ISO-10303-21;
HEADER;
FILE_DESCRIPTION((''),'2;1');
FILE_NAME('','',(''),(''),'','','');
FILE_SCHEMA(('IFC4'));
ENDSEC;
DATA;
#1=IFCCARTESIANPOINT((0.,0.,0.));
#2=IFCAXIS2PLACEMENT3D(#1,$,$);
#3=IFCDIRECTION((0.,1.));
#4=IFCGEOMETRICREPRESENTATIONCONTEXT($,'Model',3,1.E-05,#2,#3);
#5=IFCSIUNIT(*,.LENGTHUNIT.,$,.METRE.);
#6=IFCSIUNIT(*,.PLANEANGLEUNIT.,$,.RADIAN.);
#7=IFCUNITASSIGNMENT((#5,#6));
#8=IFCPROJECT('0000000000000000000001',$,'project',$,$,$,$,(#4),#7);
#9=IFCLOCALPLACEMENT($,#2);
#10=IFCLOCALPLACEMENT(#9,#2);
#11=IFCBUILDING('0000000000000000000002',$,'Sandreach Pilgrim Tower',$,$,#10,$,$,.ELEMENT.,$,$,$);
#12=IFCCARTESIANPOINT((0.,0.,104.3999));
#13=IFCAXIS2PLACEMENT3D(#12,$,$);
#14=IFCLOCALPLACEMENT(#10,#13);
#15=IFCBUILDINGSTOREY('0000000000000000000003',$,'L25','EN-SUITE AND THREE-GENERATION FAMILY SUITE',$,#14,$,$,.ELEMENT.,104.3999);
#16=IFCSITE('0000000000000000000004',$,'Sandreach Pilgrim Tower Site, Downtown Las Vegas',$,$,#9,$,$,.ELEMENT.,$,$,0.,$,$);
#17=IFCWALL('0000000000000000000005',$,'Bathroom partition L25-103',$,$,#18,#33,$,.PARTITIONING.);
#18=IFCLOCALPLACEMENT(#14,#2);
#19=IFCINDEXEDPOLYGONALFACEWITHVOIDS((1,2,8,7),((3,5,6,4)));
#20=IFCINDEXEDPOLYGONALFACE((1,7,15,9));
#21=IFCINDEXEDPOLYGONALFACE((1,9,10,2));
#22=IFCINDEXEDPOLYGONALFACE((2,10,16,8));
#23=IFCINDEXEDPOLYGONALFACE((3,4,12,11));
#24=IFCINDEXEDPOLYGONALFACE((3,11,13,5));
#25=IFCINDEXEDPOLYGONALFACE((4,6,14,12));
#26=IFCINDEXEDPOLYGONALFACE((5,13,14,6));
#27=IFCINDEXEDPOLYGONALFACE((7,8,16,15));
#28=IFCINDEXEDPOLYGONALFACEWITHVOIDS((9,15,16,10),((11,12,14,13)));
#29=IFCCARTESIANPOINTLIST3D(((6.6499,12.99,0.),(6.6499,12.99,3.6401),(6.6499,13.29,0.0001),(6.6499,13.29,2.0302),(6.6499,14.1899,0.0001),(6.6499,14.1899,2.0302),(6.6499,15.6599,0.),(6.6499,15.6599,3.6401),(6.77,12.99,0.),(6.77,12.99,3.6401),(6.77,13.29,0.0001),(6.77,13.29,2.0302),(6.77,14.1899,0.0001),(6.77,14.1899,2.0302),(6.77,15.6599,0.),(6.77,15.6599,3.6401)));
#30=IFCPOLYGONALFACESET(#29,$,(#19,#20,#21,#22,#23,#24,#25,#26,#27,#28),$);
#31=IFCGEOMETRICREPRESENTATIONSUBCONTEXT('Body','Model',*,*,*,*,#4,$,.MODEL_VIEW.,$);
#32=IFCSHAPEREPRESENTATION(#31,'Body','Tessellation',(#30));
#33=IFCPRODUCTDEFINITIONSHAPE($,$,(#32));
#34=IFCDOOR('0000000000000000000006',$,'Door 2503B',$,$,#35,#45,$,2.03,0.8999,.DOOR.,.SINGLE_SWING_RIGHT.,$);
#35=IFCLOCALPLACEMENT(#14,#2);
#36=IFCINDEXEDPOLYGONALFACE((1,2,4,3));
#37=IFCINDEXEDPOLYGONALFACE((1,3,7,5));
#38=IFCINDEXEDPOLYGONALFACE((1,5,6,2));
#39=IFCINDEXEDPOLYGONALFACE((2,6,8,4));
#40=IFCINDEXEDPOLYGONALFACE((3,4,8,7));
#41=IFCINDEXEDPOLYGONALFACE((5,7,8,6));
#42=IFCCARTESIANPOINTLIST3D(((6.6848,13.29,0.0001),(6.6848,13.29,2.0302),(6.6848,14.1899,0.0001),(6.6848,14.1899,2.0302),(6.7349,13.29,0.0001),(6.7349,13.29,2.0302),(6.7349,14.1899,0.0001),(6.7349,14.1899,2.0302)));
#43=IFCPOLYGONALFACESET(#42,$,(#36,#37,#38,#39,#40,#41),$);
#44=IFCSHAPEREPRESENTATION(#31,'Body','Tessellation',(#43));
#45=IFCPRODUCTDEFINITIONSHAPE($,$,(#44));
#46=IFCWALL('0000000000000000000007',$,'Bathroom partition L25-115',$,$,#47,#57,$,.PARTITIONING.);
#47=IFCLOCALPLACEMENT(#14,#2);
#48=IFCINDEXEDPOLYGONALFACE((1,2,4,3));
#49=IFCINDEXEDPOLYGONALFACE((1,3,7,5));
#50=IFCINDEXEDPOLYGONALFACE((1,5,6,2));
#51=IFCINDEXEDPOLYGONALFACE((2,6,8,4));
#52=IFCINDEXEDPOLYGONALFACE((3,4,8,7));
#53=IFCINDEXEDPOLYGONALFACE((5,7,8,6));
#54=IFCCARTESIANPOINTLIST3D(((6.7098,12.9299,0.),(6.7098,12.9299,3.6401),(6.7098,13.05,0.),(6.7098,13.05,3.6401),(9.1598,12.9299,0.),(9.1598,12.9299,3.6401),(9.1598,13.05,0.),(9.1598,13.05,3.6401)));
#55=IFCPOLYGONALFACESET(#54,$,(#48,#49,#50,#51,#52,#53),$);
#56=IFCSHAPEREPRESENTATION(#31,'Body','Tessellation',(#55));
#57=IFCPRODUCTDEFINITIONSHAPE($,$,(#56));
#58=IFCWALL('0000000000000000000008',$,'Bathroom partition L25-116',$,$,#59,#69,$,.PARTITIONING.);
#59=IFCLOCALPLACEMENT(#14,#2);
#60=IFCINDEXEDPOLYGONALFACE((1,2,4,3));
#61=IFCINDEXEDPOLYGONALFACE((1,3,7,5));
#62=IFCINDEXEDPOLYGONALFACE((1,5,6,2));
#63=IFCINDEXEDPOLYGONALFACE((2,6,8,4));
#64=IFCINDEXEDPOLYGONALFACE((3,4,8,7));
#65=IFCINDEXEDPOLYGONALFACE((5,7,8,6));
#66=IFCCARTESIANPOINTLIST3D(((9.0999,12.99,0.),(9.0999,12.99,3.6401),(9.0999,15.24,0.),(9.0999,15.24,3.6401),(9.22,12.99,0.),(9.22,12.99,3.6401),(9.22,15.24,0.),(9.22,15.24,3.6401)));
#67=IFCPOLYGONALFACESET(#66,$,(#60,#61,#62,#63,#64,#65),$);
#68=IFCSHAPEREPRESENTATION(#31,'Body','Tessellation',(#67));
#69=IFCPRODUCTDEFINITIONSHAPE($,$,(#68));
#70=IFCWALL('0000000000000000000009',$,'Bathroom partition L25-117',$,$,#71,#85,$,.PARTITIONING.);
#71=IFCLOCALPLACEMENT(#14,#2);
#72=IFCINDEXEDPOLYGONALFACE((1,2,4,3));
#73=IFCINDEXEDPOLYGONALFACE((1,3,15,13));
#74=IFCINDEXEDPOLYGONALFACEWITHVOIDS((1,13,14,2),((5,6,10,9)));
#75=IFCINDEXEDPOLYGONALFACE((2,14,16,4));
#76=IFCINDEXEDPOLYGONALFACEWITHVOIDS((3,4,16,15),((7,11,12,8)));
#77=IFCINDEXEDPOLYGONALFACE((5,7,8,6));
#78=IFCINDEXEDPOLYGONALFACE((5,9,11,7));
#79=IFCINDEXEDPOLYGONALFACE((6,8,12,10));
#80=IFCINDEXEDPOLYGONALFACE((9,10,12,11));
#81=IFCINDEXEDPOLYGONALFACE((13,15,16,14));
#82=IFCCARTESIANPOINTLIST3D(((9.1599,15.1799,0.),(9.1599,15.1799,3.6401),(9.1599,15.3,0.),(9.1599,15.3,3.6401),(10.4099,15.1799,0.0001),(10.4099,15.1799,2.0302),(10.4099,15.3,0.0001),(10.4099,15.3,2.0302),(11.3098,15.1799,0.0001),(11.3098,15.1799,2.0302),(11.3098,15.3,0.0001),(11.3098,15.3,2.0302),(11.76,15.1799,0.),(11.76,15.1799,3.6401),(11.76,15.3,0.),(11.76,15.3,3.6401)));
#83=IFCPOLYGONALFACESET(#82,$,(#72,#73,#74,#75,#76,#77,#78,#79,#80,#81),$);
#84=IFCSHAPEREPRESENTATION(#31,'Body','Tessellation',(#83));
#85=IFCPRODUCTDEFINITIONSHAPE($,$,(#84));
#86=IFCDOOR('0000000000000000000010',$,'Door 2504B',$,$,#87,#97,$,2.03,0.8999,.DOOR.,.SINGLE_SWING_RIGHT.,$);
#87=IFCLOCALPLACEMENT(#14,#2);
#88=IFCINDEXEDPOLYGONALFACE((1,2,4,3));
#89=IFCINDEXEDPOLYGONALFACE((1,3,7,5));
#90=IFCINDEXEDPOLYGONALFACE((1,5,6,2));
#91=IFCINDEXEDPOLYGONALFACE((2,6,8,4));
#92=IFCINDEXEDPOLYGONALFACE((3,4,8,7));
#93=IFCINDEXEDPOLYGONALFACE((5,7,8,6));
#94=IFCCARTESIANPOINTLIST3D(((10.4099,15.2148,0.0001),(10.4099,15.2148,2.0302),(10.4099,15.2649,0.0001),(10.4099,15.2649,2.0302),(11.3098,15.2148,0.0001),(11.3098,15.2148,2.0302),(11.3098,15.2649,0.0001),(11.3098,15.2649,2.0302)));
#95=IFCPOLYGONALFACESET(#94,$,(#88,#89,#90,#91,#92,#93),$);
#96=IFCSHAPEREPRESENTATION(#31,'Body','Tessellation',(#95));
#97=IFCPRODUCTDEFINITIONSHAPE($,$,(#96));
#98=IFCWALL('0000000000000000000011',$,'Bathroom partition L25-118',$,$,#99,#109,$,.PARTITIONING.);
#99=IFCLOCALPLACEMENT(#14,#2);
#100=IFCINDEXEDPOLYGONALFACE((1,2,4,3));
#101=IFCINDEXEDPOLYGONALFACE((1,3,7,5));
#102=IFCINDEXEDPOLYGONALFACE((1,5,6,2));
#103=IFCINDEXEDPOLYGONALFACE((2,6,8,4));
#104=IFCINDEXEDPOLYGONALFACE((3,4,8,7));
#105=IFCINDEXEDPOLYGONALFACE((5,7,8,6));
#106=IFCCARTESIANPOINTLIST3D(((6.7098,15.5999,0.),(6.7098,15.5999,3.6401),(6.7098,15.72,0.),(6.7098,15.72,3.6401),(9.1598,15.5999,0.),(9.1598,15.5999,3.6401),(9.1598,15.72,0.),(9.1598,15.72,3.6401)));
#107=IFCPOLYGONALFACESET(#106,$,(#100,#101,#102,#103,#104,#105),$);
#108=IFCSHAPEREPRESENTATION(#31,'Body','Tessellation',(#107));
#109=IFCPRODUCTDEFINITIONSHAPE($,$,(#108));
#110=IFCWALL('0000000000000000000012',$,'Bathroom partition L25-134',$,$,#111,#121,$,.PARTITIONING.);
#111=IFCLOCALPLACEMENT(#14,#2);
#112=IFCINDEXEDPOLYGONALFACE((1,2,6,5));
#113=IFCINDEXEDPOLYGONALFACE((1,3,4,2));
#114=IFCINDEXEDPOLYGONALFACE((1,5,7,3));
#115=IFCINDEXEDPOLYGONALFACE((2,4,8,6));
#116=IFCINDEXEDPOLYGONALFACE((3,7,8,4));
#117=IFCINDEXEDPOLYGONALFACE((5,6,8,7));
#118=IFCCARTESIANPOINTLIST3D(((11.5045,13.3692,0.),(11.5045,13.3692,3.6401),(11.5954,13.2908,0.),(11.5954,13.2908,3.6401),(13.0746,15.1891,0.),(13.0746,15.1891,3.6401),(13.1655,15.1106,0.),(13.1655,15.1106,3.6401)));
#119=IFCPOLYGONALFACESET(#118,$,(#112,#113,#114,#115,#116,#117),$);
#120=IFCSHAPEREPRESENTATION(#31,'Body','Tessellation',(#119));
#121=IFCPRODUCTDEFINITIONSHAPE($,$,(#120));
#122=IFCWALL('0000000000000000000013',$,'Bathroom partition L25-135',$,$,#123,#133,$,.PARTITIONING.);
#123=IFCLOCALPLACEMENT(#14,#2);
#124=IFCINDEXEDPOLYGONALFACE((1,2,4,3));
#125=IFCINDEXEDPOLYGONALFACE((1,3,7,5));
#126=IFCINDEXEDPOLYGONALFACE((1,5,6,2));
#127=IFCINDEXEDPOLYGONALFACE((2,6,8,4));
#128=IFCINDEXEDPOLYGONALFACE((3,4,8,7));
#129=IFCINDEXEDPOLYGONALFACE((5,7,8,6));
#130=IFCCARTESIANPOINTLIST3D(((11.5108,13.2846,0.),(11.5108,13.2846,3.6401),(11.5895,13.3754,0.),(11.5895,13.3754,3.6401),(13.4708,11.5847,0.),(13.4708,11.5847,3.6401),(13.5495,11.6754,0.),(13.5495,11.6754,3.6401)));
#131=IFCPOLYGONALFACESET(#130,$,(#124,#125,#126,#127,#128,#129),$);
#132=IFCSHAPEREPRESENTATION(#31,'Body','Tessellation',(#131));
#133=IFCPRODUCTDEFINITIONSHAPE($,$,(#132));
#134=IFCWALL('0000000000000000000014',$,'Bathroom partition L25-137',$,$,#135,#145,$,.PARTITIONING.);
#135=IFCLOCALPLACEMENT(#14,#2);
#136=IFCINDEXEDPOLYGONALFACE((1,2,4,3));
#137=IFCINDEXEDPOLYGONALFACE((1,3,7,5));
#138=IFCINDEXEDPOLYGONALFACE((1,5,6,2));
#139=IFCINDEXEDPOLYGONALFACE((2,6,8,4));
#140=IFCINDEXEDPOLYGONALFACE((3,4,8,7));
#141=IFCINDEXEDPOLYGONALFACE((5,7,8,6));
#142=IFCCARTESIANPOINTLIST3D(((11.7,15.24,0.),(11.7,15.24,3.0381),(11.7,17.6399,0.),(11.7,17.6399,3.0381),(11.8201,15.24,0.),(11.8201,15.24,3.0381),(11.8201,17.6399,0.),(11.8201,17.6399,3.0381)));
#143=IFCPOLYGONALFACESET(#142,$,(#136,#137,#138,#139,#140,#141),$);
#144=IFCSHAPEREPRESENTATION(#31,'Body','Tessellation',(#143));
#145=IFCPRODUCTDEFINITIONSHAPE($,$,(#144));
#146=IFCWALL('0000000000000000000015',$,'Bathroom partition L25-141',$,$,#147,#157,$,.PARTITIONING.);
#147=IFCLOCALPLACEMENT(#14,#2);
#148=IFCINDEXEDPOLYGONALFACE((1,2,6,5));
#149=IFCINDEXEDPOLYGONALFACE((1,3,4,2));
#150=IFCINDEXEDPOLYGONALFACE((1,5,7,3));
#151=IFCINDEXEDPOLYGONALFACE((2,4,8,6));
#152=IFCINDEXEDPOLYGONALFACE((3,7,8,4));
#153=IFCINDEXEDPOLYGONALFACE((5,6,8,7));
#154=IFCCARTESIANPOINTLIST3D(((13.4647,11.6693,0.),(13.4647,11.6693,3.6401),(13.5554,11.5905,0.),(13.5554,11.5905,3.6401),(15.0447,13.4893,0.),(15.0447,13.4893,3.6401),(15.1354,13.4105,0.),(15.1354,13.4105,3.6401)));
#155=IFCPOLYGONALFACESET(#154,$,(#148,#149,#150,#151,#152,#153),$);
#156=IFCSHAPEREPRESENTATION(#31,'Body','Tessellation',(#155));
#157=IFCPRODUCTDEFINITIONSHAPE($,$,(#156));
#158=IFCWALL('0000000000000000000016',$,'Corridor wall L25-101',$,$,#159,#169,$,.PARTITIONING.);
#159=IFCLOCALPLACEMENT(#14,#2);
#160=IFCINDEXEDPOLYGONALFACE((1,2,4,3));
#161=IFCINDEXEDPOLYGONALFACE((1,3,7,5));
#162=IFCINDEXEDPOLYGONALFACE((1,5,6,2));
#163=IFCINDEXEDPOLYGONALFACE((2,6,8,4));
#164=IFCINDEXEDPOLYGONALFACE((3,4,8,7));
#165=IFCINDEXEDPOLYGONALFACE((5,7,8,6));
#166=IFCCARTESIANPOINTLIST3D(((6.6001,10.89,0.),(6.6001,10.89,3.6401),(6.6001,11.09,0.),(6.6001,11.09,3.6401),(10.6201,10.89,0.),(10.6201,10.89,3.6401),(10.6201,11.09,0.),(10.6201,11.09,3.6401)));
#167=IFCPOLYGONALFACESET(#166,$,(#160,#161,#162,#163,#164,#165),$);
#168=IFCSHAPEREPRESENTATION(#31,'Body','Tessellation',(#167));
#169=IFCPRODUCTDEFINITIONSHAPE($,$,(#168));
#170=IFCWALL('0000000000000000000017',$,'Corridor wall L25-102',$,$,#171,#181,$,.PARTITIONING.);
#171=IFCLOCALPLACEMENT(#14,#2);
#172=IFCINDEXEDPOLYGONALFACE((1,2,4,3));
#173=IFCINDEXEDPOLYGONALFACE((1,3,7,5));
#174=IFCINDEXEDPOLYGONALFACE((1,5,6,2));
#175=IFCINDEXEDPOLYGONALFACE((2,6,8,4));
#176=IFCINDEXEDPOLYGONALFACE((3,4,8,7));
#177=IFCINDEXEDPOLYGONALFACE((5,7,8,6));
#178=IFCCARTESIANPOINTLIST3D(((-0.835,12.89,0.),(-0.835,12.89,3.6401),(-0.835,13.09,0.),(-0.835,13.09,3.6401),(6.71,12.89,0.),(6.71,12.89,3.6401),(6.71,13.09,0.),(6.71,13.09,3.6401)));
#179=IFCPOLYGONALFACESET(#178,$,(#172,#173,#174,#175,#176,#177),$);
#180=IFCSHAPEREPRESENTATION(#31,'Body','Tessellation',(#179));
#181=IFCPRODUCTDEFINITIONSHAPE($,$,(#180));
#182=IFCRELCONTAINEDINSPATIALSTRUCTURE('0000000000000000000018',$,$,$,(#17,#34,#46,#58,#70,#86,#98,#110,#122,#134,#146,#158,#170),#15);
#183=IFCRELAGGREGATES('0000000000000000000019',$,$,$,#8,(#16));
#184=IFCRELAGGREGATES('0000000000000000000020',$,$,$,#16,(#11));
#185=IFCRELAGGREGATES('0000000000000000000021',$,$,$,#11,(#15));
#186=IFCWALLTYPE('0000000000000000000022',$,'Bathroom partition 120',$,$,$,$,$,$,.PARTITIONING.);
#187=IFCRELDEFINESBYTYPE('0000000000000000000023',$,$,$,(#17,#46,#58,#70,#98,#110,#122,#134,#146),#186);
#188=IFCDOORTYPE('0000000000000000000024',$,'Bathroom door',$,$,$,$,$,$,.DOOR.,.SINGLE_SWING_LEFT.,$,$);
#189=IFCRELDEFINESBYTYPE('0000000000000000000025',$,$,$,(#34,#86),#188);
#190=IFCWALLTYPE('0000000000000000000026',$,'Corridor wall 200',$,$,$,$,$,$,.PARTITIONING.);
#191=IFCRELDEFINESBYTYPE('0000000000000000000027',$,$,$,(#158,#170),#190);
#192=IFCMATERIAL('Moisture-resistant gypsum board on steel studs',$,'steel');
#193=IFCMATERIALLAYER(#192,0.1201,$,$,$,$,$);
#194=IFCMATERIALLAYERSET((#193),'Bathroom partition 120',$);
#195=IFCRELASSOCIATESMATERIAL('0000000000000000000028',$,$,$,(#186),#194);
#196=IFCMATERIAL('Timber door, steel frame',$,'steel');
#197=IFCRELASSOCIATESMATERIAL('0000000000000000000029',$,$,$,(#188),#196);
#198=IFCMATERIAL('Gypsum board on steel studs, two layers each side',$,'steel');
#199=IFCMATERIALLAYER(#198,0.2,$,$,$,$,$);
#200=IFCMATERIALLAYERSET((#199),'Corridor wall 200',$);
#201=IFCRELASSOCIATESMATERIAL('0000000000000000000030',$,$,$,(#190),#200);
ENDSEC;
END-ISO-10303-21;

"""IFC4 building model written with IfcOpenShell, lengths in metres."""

from ifc_helpers import new_model, si_unit, direction, frame, frame_2d, origin, place, context, subcontext, project, spatial, rectangle, extrude, material, layer, layer_set, type_object, element, fill, save


model = new_model("IFC4")

# Units and contexts
model_context = context("Model", 3, precision=1e-05, world=origin(), true_north=direction((0.0, 1.0)))
body_context = subcontext(model_context, "Body", "Model", "MODEL_VIEW")
ifc_project = project(units=[si_unit("LENGTHUNIT", "METRE"), si_unit("PLANEANGLEUNIT", "RADIAN")], contexts=[model_context])

# Site, building, storey
site_placement = place(None, origin())
site = spatial("IfcSite", under=ifc_project, at=site_placement, Name="Sandreach Pilgrim Tower Site, Downtown Las Vegas", CompositionType="ELEMENT", RefElevation=0.0)
building_placement = place(site_placement, origin())
building = spatial("IfcBuilding", under=site, at=building_placement, Name="Sandreach Pilgrim Tower", CompositionType="ELEMENT")
storey_placement = place(building_placement, frame((0.0, 0.0, 104.3999)))
storey = spatial("IfcBuildingStorey", under=building, at=storey_placement, Name="L25", Description="EN-SUITE AND THREE-GENERATION FAMILY SUITE", CompositionType="ELEMENT", Elevation=104.3999)

# Wall, opening, door
ifc_material_1 = material(Name="Moisture-resistant gypsum board on steel studs", Category="steel")
ifc_layer_1 = layer(ifc_material_1, 0.1201)
ifc_layer_set_1 = layer_set([ifc_layer_1], Name="Bathroom partition 120")
wall_type_1 = type_object("IfcWallType", Name="Bathroom partition 120", PredefinedType="PARTITIONING", material=ifc_layer_set_1)
wall_1_placement = place(storey_placement, frame((6.71, 15.6599, 0.0), z_axis=(0.0, 0.0, 1.0), x_axis=(0.0, -1.0, 0.0)))
wall_1 = element("IfcWall", 1, at=wall_1_placement, inside=storey, type_object=wall_type_1, Name="Bathroom partition L25-103", PredefinedType="PARTITIONING", context=body_context, shape_type="SweptSolid", body=[
    extrude(rectangle(XDim=2.6699, YDim=0.1201, at=frame_2d((1.335, 0.0))), origin(), (0.0, 0.0, 1.0), 3.6401),
])
opening_1_placement = place(wall_1_placement, frame((1.47, 0.0, 0.0)))
opening_1 = element("IfcOpeningElement", 2, at=opening_1_placement, cuts=wall_1, PredefinedType="OPENING", context=body_context, shape_type="SweptSolid", body=[
    extrude(rectangle(XDim=0.8999, YDim=2.03, at=frame_2d((0.45, 1.0151))), frame((0.0, 0.0601, 0.0), z_axis=(0.0, -1.0, 0.0), x_axis=(1.0, 0.0, 0.0)), (0.0, 0.0, 1.0), 0.1201),
])
ifc_material_2 = material(Name="Timber door, steel frame", Category="steel")
door_type_1 = type_object("IfcDoorType", Name="Bathroom door", OperationType="SINGLE_SWING_LEFT", PredefinedType="DOOR", material=ifc_material_2)
door_1_placement = place(opening_1_placement, origin())
door_1 = element("IfcDoor", 3, at=door_1_placement, inside=storey, type_object=door_type_1, Name="Door 2503B", OperationType="SINGLE_SWING_RIGHT", OverallHeight=2.03, OverallWidth=0.8999, PredefinedType="DOOR", context=body_context, shape_type="SweptSolid", body=[
    extrude(rectangle(XDim=0.8999, YDim=2.03, at=frame_2d((0.45, 1.0151))), frame((0.0, 0.0249, 0.0), z_axis=(0.0, -1.0, 0.0), x_axis=(1.0, 0.0, 0.0)), (0.0, 0.0, 1.0), 0.05),
])
fill(opening_1, door_1)

# Walls
wall_2_placement = place(storey_placement, frame((9.1599, 12.99, 0.0), z_axis=(0.0, 0.0, 1.0), x_axis=(-1.0, 0.0, 0.0)))
element("IfcWall", 4, at=wall_2_placement, inside=storey, type_object=wall_type_1, Name="Bathroom partition L25-115", PredefinedType="PARTITIONING", context=body_context, shape_type="SweptSolid", body=[
    extrude(rectangle(XDim=2.45, YDim=0.1201, at=frame_2d((1.2251, 0.0))), origin(), (0.0, 0.0, 1.0), 3.6401),
])
wall_3_placement = place(storey_placement, frame((9.1599, 15.24, 0.0), z_axis=(0.0, 0.0, 1.0), x_axis=(0.0, -1.0, 0.0)))
element("IfcWall", 5, at=wall_3_placement, inside=storey, type_object=wall_type_1, Name="Bathroom partition L25-116", PredefinedType="PARTITIONING", context=body_context, shape_type="SweptSolid", body=[
    extrude(rectangle(XDim=2.25, YDim=0.1201, at=frame_2d((1.125, 0.0))), origin(), (0.0, 0.0, 1.0), 3.6401),
])

# Wall, opening, door
wall_4_placement = place(storey_placement, frame((9.1599, 15.24, 0.0), z_axis=(0.0, 0.0, 1.0), x_axis=(1.0, 0.0, 0.0)))
wall_4 = element("IfcWall", 6, at=wall_4_placement, inside=storey, type_object=wall_type_1, Name="Bathroom partition L25-117", PredefinedType="PARTITIONING", context=body_context, shape_type="SweptSolid", body=[
    extrude(rectangle(XDim=2.6001, YDim=0.1201, at=frame_2d((1.3, 0.0))), origin(), (0.0, 0.0, 1.0), 3.6401),
])
opening_2_placement = place(wall_4_placement, frame((1.25, 0.0, 0.0)))
opening_2 = element("IfcOpeningElement", 7, at=opening_2_placement, cuts=wall_4, PredefinedType="OPENING", context=body_context, shape_type="SweptSolid", body=[
    extrude(rectangle(XDim=0.8999, YDim=2.03, at=frame_2d((0.45, 1.0151))), frame((0.0, 0.0601, 0.0), z_axis=(0.0, -1.0, 0.0), x_axis=(1.0, 0.0, 0.0)), (0.0, 0.0, 1.0), 0.1201),
])
door_2_placement = place(opening_2_placement, origin())
door_2 = element("IfcDoor", 8, at=door_2_placement, inside=storey, type_object=door_type_1, Name="Door 2504B", OperationType="SINGLE_SWING_RIGHT", OverallHeight=2.03, OverallWidth=0.8999, PredefinedType="DOOR", context=body_context, shape_type="SweptSolid", body=[
    extrude(rectangle(XDim=0.8999, YDim=2.03, at=frame_2d((0.45, 1.0151))), frame((0.0, 0.0249, 0.0), z_axis=(0.0, -1.0, 0.0), x_axis=(1.0, 0.0, 0.0)), (0.0, 0.0, 1.0), 0.05),
])
fill(opening_2, door_2)

# Walls
wall_5_placement = place(storey_placement, frame((9.1599, 15.6599, 0.0), z_axis=(0.0, 0.0, 1.0), x_axis=(-1.0, 0.0, 0.0)))
element("IfcWall", 9, at=wall_5_placement, inside=storey, type_object=wall_type_1, Name="Bathroom partition L25-118", PredefinedType="PARTITIONING", context=body_context, shape_type="SweptSolid", body=[
    extrude(rectangle(XDim=2.45, YDim=0.1201, at=frame_2d((1.2251, 0.0))), origin(), (0.0, 0.0, 1.0), 3.6401),
])
wall_6_placement = place(storey_placement, frame((11.55, 13.3301, 0.0), z_axis=(0.0, 0.0, 1.0), x_axis=(0.653239, 0.757152, 0.0)))
element("IfcWall", 10, at=wall_6_placement, inside=storey, type_object=wall_type_1, Name="Bathroom partition L25-134", PredefinedType="PARTITIONING", context=body_context, shape_type="SweptSolid", body=[
    extrude(rectangle(XDim=2.4036, YDim=0.1201, at=frame_2d((1.2017, 0.0))), origin(), (0.0, 0.0, 1.0), 3.6401),
])
wall_7_placement = place(storey_placement, frame((11.55, 13.3301, 0.0), z_axis=(0.0, 0.0, 1.0), x_axis=(0.755438, -0.655221, 0.0)))
element("IfcWall", 11, at=wall_7_placement, inside=storey, type_object=wall_type_1, Name="Bathroom partition L25-135", PredefinedType="PARTITIONING", context=body_context, shape_type="SweptSolid", body=[
    extrude(rectangle(XDim=2.5945, YDim=0.1201, at=frame_2d((1.2974, 0.0))), origin(), (0.0, 0.0, 1.0), 3.6401),
])
wall_8_placement = place(storey_placement, frame((11.76, 15.24, 0.0), z_axis=(0.0, 0.0, 1.0), x_axis=(0.0, 1.0, 0.0)))
element("IfcWall", 12, at=wall_8_placement, inside=storey, type_object=wall_type_1, Name="Bathroom partition L25-137", PredefinedType="PARTITIONING", context=body_context, shape_type="SweptSolid", body=[
    extrude(rectangle(XDim=2.3999, YDim=0.1201, at=frame_2d((1.2, 0.0))), origin(), (0.0, 0.0, 1.0), 3.0381),
])
wall_9_placement = place(storey_placement, frame((13.51, 11.6299, 0.0), z_axis=(0.0, 0.0, 1.0), x_axis=(0.655567, 0.755137, 0.0)))
element("IfcWall", 13, at=wall_9_placement, inside=storey, type_object=wall_type_1, Name="Bathroom partition L25-141", PredefinedType="PARTITIONING", context=body_context, shape_type="SweptSolid", body=[
    extrude(rectangle(XDim=2.4102, YDim=0.1201, at=frame_2d((1.2051, 0.0))), origin(), (0.0, 0.0, 1.0), 3.6401),
])
ifc_material_3 = material(Name="Gypsum board on steel studs, two layers each side", Category="steel")
ifc_layer_2 = layer(ifc_material_3, 0.2)
ifc_layer_set_2 = layer_set([ifc_layer_2], Name="Corridor wall 200")
wall_type_2 = type_object("IfcWallType", Name="Corridor wall 200", PredefinedType="PARTITIONING", material=ifc_layer_set_2)
wall_10_placement = place(storey_placement, frame((6.6001, 10.99, 0.0), z_axis=(0.0, 0.0, 1.0), x_axis=(1.0, 0.0, 0.0)))
element("IfcWall", 14, at=wall_10_placement, inside=storey, type_object=wall_type_2, Name="Corridor wall L25-101", PredefinedType="PARTITIONING", context=body_context, shape_type="SweptSolid", body=[
    extrude(rectangle(XDim=4.02, YDim=0.2, at=frame_2d((2.01, 0.0))), origin(), (0.0, 0.0, 1.0), 3.6401),
])
wall_11_placement = place(storey_placement, frame((6.71, 12.99, 0.0), z_axis=(0.0, 0.0, 1.0), x_axis=(-1.0, 0.0, 0.0)))
element("IfcWall", 15, at=wall_11_placement, inside=storey, type_object=wall_type_2, Name="Corridor wall L25-102", PredefinedType="PARTITIONING", context=body_context, shape_type="SweptSolid", body=[
    extrude(rectangle(XDim=7.5449, YDim=0.2, at=frame_2d((3.7725, 0.0))), origin(), (0.0, 0.0, 1.0), 3.6401),
])

save(model, "model.ifc")
